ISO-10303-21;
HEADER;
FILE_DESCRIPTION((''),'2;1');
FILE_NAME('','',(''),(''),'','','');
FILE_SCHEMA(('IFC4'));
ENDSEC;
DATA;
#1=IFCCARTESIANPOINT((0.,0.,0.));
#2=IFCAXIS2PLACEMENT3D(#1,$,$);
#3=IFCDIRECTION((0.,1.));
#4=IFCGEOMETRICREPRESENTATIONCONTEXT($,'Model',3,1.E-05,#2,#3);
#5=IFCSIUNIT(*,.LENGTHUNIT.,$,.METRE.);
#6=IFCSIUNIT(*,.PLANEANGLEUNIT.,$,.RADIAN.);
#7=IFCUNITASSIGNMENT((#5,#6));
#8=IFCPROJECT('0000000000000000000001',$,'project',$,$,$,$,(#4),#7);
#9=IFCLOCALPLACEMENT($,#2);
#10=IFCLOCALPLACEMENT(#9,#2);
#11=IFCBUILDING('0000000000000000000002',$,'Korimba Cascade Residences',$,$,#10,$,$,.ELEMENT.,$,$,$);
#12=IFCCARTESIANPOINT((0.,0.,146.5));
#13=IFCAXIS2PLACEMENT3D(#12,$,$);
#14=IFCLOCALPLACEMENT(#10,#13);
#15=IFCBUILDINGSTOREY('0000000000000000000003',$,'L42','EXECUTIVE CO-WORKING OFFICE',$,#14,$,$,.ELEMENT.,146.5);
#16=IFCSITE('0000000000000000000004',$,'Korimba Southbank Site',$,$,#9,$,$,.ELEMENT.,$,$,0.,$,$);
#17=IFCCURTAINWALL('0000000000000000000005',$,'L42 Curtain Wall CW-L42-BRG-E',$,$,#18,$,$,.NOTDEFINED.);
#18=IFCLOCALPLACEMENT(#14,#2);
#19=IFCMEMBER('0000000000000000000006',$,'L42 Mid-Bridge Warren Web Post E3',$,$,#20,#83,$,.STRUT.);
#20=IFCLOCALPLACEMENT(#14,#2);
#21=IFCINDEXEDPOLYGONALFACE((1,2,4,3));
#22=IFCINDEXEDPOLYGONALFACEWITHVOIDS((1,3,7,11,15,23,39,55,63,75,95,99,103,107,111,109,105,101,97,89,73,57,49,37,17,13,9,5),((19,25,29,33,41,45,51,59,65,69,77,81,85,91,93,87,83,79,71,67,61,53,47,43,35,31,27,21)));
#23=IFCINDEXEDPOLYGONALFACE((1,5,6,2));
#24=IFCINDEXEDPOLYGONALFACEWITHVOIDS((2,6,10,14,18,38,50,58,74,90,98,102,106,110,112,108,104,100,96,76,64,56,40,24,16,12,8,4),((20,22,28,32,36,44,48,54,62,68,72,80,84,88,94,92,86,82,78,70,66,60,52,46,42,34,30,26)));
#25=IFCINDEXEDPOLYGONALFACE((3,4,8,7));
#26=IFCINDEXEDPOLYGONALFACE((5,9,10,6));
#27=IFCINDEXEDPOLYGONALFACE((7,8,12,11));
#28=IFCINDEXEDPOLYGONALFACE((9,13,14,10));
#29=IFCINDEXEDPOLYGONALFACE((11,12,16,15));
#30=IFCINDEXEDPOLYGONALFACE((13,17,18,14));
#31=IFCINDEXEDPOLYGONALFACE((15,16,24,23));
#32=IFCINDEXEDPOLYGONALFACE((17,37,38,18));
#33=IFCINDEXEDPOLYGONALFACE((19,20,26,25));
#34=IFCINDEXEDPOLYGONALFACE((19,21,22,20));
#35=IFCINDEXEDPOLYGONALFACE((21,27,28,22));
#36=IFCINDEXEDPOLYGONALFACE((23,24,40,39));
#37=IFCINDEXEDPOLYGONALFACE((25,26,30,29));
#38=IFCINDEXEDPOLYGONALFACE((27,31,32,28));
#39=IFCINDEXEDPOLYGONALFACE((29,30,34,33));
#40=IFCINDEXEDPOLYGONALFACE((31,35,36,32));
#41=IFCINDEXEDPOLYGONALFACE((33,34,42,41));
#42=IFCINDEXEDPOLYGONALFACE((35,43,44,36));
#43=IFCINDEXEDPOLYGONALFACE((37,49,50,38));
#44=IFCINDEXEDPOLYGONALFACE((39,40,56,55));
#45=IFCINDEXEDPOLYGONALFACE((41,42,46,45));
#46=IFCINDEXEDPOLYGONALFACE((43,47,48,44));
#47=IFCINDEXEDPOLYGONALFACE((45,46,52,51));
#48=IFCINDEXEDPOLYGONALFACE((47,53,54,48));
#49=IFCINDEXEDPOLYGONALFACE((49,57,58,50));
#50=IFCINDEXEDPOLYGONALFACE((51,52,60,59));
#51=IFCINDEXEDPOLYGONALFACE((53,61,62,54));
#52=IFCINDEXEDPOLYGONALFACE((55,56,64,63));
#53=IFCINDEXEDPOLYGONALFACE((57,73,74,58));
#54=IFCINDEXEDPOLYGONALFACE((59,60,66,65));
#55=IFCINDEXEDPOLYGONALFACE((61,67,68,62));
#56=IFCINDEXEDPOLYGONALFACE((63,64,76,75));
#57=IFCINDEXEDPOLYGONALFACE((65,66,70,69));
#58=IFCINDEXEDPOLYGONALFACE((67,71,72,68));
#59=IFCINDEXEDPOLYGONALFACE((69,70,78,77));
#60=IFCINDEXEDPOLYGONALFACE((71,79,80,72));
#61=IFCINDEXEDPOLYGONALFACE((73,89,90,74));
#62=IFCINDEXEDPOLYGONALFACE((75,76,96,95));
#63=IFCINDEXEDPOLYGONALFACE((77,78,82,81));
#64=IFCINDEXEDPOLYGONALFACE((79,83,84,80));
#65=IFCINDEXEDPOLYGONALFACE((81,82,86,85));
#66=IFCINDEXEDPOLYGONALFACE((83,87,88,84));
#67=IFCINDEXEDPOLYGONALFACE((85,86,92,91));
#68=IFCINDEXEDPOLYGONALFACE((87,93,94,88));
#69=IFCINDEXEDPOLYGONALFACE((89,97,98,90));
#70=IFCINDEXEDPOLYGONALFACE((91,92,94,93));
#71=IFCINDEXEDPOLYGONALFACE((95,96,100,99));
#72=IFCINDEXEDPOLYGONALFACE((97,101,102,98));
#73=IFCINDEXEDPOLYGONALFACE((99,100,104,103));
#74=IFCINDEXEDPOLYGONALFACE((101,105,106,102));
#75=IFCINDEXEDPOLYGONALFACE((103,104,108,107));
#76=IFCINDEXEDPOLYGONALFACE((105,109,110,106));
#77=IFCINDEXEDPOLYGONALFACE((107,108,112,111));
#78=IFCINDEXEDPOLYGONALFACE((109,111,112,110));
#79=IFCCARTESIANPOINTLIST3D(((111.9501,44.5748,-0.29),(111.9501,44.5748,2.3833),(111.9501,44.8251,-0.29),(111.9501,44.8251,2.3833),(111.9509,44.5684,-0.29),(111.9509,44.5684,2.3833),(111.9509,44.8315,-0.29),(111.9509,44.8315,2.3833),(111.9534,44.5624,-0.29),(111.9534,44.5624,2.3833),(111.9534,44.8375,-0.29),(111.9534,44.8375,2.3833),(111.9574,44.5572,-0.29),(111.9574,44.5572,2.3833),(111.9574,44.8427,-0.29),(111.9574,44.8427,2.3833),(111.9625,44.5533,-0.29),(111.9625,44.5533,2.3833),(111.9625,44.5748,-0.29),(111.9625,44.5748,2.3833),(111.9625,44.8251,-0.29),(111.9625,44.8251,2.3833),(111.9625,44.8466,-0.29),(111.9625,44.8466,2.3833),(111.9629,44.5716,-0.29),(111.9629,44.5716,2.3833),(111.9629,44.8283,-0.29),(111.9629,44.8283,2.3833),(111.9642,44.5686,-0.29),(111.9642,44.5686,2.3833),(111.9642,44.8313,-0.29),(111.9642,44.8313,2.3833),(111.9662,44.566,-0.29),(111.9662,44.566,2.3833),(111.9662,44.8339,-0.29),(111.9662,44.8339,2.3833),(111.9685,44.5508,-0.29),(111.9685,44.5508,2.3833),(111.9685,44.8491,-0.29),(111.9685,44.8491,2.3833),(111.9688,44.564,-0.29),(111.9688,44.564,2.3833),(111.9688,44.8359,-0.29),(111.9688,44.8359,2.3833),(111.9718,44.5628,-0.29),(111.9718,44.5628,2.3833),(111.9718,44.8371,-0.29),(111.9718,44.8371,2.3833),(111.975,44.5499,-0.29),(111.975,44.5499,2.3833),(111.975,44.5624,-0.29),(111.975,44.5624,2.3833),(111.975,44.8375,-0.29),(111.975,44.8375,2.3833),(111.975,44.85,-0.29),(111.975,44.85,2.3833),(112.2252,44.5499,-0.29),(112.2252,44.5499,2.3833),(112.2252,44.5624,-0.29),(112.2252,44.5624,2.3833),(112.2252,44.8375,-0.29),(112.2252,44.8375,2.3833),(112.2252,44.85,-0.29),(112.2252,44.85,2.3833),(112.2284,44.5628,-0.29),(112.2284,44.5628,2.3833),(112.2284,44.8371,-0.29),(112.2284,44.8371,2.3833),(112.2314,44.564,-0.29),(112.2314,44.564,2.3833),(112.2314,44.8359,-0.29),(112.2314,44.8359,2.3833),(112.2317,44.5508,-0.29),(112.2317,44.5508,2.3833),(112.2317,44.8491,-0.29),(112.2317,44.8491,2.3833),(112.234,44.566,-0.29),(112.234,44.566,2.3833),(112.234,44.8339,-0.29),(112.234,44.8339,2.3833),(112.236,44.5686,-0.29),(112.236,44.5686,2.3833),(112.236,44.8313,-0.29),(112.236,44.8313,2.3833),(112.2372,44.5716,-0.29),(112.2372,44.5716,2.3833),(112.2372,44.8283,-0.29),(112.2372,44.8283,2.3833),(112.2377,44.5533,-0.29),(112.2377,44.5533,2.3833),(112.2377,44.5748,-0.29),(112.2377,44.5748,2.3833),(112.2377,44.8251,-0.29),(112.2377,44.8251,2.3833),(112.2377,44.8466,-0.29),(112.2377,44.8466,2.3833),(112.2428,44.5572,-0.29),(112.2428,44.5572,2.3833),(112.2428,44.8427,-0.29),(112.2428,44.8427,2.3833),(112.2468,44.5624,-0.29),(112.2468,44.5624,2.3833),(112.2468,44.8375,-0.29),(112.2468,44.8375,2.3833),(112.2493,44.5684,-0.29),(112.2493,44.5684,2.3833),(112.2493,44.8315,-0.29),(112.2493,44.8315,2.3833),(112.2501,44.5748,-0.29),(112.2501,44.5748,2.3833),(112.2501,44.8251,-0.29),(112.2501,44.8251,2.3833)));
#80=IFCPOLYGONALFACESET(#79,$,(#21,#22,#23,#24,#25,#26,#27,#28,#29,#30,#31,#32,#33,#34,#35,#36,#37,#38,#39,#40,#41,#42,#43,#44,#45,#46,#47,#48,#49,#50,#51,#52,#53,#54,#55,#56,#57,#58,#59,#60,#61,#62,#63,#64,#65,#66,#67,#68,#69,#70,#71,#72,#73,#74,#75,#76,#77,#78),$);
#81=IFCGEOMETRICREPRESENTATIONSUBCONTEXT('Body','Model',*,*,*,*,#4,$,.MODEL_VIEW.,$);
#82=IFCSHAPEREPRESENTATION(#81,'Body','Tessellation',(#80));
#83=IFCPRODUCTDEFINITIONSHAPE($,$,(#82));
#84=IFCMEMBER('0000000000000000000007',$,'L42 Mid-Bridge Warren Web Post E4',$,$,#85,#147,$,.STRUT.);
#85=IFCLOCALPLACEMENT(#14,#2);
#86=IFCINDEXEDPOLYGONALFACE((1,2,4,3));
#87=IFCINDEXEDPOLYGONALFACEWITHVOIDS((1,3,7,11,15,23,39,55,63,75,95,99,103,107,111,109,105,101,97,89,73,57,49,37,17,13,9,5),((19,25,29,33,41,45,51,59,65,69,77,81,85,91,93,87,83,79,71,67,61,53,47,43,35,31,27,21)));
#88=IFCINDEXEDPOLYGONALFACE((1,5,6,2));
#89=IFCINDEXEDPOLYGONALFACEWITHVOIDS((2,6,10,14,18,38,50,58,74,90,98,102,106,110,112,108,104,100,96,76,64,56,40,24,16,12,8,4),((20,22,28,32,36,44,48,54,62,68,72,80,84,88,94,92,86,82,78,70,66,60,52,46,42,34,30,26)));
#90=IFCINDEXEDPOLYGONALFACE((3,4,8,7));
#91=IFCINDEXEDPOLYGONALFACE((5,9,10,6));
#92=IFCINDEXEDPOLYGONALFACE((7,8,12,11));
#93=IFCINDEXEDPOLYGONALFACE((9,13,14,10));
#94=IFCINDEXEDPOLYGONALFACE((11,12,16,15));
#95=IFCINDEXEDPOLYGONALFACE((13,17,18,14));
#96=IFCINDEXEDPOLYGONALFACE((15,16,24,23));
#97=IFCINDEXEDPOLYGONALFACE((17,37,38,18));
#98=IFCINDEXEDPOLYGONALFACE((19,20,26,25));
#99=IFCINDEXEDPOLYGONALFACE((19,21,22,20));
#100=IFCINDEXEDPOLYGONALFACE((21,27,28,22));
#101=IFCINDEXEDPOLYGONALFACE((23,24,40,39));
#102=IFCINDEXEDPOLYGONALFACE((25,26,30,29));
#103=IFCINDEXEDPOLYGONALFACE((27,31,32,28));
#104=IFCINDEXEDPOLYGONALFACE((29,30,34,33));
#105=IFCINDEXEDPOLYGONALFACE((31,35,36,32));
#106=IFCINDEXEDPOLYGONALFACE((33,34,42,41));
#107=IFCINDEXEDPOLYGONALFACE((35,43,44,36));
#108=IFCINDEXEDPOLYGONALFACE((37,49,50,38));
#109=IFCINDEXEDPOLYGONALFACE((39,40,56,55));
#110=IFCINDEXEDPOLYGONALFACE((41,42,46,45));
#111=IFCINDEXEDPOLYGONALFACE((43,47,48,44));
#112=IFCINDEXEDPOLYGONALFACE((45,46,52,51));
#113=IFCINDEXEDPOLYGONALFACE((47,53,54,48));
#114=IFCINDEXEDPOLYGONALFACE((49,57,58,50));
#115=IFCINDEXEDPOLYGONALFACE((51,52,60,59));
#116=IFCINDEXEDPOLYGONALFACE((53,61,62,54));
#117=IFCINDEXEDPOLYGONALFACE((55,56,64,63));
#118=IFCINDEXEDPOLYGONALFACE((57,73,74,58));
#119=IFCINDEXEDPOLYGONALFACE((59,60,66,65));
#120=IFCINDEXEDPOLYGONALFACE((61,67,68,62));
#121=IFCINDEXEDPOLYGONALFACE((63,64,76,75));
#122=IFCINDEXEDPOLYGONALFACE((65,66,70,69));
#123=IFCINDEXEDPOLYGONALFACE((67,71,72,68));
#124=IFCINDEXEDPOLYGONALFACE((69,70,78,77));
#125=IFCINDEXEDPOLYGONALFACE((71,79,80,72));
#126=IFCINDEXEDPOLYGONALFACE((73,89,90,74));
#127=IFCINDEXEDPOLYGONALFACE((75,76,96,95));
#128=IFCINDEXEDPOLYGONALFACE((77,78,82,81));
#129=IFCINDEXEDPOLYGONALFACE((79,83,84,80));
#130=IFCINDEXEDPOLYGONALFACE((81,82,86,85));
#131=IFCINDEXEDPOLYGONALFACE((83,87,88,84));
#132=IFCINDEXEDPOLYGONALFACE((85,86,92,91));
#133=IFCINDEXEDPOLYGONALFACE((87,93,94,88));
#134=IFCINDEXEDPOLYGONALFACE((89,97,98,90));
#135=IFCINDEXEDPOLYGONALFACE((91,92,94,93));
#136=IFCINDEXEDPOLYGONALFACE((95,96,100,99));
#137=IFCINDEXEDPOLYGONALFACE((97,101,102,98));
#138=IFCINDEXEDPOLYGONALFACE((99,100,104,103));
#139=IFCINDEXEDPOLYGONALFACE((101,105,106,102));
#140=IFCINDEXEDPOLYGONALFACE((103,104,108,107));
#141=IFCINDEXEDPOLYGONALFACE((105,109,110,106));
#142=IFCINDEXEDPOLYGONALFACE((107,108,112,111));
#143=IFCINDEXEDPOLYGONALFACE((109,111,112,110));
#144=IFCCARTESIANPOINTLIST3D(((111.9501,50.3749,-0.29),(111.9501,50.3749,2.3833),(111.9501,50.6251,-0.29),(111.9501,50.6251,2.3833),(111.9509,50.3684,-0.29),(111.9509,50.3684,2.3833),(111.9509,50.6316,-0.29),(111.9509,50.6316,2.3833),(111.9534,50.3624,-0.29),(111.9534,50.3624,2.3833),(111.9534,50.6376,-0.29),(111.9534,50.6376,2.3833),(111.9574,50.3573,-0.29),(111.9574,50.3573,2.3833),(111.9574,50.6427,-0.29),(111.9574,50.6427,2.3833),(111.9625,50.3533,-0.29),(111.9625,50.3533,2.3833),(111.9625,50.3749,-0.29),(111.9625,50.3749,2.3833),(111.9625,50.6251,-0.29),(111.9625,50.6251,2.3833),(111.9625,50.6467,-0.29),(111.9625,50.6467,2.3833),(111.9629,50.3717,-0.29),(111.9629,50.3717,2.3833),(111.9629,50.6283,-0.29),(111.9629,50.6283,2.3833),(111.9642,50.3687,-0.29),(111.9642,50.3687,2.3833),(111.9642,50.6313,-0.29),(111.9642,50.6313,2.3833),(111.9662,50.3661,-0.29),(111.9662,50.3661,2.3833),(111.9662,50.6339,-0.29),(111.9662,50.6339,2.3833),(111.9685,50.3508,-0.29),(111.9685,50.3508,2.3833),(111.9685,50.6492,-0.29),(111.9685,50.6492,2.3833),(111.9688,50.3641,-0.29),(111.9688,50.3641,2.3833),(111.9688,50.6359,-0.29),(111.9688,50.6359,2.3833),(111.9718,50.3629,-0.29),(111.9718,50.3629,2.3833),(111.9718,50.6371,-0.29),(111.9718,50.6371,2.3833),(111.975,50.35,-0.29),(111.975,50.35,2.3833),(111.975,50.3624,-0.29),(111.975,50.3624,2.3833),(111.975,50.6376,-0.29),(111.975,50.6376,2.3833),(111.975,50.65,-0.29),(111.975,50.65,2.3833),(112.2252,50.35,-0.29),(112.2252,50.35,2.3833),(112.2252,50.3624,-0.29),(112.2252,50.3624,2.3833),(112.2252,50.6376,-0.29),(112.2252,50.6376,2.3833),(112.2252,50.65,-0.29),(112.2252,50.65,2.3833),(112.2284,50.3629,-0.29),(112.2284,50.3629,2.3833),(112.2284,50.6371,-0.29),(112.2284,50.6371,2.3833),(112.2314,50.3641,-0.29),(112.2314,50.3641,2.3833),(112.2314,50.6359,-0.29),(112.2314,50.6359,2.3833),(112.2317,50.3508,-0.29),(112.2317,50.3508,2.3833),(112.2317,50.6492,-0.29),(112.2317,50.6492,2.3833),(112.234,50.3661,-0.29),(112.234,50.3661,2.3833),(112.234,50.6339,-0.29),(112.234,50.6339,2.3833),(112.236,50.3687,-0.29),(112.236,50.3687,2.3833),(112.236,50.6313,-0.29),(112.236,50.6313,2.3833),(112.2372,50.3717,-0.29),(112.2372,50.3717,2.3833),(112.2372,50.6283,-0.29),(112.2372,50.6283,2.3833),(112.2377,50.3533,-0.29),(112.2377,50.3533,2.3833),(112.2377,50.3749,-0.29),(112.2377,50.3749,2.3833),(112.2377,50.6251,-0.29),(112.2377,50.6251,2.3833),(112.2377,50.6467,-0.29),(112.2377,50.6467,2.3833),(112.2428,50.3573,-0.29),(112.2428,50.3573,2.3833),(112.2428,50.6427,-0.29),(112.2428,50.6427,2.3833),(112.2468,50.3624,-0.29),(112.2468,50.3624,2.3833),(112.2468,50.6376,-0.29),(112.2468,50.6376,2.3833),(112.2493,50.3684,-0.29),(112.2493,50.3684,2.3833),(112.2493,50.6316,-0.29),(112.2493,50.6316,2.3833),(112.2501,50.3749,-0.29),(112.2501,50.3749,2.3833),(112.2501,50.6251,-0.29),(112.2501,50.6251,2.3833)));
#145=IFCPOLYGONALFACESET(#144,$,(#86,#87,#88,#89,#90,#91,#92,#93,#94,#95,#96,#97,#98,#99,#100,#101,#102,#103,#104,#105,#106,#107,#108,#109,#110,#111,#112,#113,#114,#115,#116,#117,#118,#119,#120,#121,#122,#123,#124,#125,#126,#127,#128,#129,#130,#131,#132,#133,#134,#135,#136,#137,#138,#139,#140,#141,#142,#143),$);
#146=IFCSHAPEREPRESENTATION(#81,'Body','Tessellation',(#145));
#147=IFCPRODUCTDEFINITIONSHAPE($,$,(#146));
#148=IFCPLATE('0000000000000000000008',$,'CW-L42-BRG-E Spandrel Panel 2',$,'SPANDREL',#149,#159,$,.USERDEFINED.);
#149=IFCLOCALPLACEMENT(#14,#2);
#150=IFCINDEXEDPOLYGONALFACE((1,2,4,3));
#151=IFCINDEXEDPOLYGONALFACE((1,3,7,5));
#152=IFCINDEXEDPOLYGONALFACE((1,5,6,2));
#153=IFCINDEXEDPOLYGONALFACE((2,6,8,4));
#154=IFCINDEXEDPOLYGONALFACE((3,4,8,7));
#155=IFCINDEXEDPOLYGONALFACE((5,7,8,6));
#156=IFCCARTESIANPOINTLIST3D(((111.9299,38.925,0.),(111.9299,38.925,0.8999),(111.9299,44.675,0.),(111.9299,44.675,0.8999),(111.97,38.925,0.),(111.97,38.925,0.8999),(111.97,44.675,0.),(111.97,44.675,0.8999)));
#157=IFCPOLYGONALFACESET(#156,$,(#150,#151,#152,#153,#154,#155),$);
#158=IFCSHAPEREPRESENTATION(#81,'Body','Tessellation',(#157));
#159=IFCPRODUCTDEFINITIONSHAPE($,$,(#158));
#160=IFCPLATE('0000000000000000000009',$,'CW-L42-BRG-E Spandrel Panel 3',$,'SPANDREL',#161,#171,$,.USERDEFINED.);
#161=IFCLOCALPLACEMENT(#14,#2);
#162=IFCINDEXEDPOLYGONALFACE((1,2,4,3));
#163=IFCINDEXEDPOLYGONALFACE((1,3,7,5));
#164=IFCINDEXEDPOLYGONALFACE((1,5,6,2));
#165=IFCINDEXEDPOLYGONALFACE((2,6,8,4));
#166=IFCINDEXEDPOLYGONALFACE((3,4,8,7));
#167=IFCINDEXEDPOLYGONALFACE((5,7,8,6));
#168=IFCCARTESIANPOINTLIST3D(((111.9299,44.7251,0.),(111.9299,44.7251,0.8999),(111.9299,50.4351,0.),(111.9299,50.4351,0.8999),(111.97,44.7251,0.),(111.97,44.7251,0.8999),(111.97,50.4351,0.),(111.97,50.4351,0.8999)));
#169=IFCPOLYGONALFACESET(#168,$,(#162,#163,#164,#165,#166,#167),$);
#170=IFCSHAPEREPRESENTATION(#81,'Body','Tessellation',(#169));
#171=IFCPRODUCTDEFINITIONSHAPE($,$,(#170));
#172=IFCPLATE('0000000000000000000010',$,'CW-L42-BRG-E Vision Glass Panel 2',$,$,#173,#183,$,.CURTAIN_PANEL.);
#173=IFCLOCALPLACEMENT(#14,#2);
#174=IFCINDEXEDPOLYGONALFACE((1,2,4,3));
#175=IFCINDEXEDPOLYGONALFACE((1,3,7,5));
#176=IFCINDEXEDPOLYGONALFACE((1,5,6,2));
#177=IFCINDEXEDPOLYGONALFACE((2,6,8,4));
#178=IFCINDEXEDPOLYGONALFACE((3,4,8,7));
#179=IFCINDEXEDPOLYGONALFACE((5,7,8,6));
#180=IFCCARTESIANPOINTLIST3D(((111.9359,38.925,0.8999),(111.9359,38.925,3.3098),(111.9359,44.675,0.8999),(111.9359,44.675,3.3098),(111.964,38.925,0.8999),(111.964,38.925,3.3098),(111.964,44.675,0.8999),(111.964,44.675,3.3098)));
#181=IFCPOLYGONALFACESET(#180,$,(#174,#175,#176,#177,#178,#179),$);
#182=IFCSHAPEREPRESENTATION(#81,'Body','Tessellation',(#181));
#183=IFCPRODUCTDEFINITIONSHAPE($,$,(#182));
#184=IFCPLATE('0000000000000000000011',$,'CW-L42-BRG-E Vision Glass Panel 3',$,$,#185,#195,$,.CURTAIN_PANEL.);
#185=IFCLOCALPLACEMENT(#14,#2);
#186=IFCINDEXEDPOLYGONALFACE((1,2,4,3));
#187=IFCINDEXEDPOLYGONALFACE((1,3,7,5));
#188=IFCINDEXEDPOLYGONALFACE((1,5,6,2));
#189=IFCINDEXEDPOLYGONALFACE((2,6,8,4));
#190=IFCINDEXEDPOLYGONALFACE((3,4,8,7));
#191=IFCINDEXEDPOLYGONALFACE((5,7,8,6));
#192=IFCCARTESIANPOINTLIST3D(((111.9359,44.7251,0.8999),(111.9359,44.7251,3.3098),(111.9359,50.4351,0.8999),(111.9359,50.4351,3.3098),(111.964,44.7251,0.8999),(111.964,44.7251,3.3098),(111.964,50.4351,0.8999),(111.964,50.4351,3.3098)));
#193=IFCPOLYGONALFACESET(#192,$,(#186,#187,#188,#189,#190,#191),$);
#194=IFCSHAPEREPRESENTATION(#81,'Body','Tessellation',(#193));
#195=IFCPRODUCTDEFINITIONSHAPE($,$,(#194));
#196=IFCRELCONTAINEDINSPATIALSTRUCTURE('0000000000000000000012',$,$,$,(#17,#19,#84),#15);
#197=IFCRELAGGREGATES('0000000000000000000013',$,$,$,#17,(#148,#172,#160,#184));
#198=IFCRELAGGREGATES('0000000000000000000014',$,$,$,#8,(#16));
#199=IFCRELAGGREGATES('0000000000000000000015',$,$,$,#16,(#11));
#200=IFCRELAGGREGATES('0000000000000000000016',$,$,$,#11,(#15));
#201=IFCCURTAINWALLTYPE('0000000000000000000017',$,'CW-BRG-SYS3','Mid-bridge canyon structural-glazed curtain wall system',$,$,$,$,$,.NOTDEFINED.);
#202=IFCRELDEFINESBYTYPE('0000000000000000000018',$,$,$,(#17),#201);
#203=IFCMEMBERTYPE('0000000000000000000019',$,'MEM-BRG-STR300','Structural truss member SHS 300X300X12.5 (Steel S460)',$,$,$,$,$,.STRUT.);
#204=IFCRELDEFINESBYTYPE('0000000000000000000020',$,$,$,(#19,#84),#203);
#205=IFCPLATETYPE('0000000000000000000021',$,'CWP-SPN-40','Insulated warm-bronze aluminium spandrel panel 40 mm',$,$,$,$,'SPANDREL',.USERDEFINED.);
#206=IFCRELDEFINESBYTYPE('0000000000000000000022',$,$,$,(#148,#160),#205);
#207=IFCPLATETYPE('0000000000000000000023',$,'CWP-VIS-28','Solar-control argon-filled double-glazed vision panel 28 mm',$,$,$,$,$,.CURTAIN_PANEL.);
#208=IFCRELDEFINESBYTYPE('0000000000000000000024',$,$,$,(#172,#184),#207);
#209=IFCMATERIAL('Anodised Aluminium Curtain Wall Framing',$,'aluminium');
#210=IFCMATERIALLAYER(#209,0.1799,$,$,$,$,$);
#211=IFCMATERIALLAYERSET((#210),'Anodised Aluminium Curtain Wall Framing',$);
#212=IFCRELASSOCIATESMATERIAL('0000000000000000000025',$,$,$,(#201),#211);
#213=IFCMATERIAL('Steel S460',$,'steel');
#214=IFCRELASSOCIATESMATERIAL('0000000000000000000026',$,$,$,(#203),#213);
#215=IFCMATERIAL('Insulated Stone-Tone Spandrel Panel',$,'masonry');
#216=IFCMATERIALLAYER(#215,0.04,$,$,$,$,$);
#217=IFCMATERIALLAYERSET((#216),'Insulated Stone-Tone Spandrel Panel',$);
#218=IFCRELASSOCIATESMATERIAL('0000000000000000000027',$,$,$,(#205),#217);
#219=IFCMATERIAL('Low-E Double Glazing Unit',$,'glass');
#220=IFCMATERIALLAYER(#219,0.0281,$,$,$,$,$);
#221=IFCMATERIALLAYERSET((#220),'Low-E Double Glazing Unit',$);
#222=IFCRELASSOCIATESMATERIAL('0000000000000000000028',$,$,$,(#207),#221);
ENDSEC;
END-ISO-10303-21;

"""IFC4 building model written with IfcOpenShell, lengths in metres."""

from ifc_helpers import new_model, si_unit, direction, frame, origin, origin_2d, place, context, subcontext, project, spatial, rectangle, hollow_rectangle, extrude, material, layer, layer_set, material_profile, profile_set, type_object, element, aggregate, save


model = new_model("IFC4")

# Units and contexts
model_context = context("Model", 3, precision=1e-05, world=origin(), true_north=direction((0.0, 1.0)))
body_context = subcontext(model_context, "Body", "Model", "MODEL_VIEW")
ifc_project = project(units=[si_unit("LENGTHUNIT", "METRE"), si_unit("PLANEANGLEUNIT", "RADIAN")], contexts=[model_context])

# Site, building, storey
site_placement = place(None, origin())
site = spatial("IfcSite", under=ifc_project, at=site_placement, Name="Korimba Southbank Site", CompositionType="ELEMENT", RefElevation=0.0)
building_placement = place(site_placement, origin())
building = spatial("IfcBuilding", under=site, at=building_placement, Name="Korimba Cascade Residences", CompositionType="ELEMENT")
storey_placement = place(building_placement, frame((0.0, 0.0, 146.5)))
storey = spatial("IfcBuildingStorey", under=building, at=storey_placement, Name="L42", Description="EXECUTIVE CO-WORKING OFFICE", CompositionType="ELEMENT", Elevation=146.5)

# Curtain wall
ifc_material_1 = material(Name="Anodised Aluminium Curtain Wall Framing", Category="aluminium")
ifc_layer_1 = layer(ifc_material_1, 0.1799)
ifc_layer_set_1 = layer_set([ifc_layer_1], Name="Anodised Aluminium Curtain Wall Framing")
curtain_wall_type = type_object("IfcCurtainWallType", Name="CW-BRG-SYS3", Description="Mid-bridge canyon structural-glazed curtain wall system", PredefinedType="NOTDEFINED", material=ifc_layer_set_1)
curtain_wall_placement = place(storey_placement, origin())
curtain_wall = element("IfcCurtainWall", 1, at=curtain_wall_placement, inside=storey, type_object=curtain_wall_type, Name="L42 Curtain Wall CW-L42-BRG-E", PredefinedType="NOTDEFINED")

# Members
ifc_material_2 = material(Name="Steel S460", Category="steel")
ifc_material_profile_1 = material_profile(ifc_material_2, hollow_rectangle(XDim=0.3, YDim=0.3, WallThickness=0.0125, InnerFilletRadius=0.0125, OuterFilletRadius=0.0249, at=origin_2d()), Name="Steel S460")
ifc_profile_set_1 = profile_set([ifc_material_profile_1], Name="Steel S460")
member_type_1 = type_object("IfcMemberType", Name="MEM-BRG-STR300", Description="Structural truss member SHS 300X300X12.5 (Steel S460)", PredefinedType="STRUT", material=ifc_profile_set_1)
for number, where, z_axis, x_axis, name in (
    (2, (112.1001, 44.7, -0.29), (0.0, 0.0, 1.0), (1.0, 0.0, 0.0), "L42 Mid-Bridge Warren Web Post E3"),
    (3, (112.1001, 50.5, -0.29), (0.0, 0.0, 1.0), (1.0, 0.0, 0.0), "L42 Mid-Bridge Warren Web Post E4"),
):
    element("IfcMember", number, at=place(storey_placement, frame(where, z_axis=z_axis, x_axis=x_axis)), inside=storey, type_object=member_type_1, Name=name, PredefinedType="STRUT", context=body_context, shape_type="SweptSolid", body=[
        extrude(hollow_rectangle(XDim=0.3, YDim=0.3, WallThickness=0.0125, InnerFilletRadius=0.0125, OuterFilletRadius=0.0249, at=origin_2d()), origin(), (0.0, 0.0, 1.0), 2.6733),
    ])

# Plates
ifc_material_3 = material(Name="Insulated Stone-Tone Spandrel Panel", Category="masonry")
ifc_layer_2 = layer(ifc_material_3, 0.04)
ifc_layer_set_2 = layer_set([ifc_layer_2], Name="Insulated Stone-Tone Spandrel Panel")
plate_type_1 = type_object("IfcPlateType", Name="CWP-SPN-40", Description="Insulated warm-bronze aluminium spandrel panel 40 mm", ElementType="SPANDREL", PredefinedType="USERDEFINED", material=ifc_layer_set_2)
plate_1_placement = place(storey_placement, frame((111.95, 41.8, 0.0), z_axis=(0.0, 0.0, 1.0), x_axis=(0.0, 1.0, 0.0)))
plate_1 = element("IfcPlate", 4, at=plate_1_placement, type_object=plate_type_1, Name="CW-L42-BRG-E Spandrel Panel 2", ObjectType="SPANDREL", PredefinedType="USERDEFINED", context=body_context, shape_type="SweptSolid", body=[
    extrude(rectangle(XDim=5.75, YDim=0.04, at=origin_2d()), origin(), (0.0, 0.0, 1.0), 0.8999),
])
plate_2_placement = place(storey_placement, frame((111.95, 47.5801, 0.0), z_axis=(0.0, 0.0, 1.0), x_axis=(0.0, 1.0, 0.0)))
plate_2 = element("IfcPlate", 5, at=plate_2_placement, type_object=plate_type_1, Name="CW-L42-BRG-E Spandrel Panel 3", ObjectType="SPANDREL", PredefinedType="USERDEFINED", context=body_context, shape_type="SweptSolid", body=[
    extrude(rectangle(XDim=5.71, YDim=0.04, at=origin_2d()), origin(), (0.0, 0.0, 1.0), 0.8999),
])
ifc_material_4 = material(Name="Low-E Double Glazing Unit", Category="glass")
ifc_layer_3 = layer(ifc_material_4, 0.0281)
ifc_layer_set_3 = layer_set([ifc_layer_3], Name="Low-E Double Glazing Unit")
plate_type_2 = type_object("IfcPlateType", Name="CWP-VIS-28", Description="Solar-control argon-filled double-glazed vision panel 28 mm", PredefinedType="CURTAIN_PANEL", material=ifc_layer_set_3)
plate_3_placement = place(storey_placement, frame((111.95, 41.8, 0.8999), z_axis=(0.0, 0.0, 1.0), x_axis=(0.0, 1.0, 0.0)))
plate_3 = element("IfcPlate", 6, at=plate_3_placement, type_object=plate_type_2, Name="CW-L42-BRG-E Vision Glass Panel 2", PredefinedType="CURTAIN_PANEL", context=body_context, shape_type="SweptSolid", body=[
    extrude(rectangle(XDim=5.75, YDim=0.0281, at=origin_2d()), origin(), (0.0, 0.0, 1.0), 2.4099),
])
plate_4_placement = place(storey_placement, frame((111.95, 47.5801, 0.8999), z_axis=(0.0, 0.0, 1.0), x_axis=(0.0, 1.0, 0.0)))
plate_4 = element("IfcPlate", 7, at=plate_4_placement, type_object=plate_type_2, Name="CW-L42-BRG-E Vision Glass Panel 3", PredefinedType="CURTAIN_PANEL", context=body_context, shape_type="SweptSolid", body=[
    extrude(rectangle(XDim=5.71, YDim=0.0281, at=origin_2d()), origin(), (0.0, 0.0, 1.0), 2.4099),
])
aggregate(curtain_wall, [plate_1, plate_3, plate_2, plate_4])

save(model, "model.ifc")
